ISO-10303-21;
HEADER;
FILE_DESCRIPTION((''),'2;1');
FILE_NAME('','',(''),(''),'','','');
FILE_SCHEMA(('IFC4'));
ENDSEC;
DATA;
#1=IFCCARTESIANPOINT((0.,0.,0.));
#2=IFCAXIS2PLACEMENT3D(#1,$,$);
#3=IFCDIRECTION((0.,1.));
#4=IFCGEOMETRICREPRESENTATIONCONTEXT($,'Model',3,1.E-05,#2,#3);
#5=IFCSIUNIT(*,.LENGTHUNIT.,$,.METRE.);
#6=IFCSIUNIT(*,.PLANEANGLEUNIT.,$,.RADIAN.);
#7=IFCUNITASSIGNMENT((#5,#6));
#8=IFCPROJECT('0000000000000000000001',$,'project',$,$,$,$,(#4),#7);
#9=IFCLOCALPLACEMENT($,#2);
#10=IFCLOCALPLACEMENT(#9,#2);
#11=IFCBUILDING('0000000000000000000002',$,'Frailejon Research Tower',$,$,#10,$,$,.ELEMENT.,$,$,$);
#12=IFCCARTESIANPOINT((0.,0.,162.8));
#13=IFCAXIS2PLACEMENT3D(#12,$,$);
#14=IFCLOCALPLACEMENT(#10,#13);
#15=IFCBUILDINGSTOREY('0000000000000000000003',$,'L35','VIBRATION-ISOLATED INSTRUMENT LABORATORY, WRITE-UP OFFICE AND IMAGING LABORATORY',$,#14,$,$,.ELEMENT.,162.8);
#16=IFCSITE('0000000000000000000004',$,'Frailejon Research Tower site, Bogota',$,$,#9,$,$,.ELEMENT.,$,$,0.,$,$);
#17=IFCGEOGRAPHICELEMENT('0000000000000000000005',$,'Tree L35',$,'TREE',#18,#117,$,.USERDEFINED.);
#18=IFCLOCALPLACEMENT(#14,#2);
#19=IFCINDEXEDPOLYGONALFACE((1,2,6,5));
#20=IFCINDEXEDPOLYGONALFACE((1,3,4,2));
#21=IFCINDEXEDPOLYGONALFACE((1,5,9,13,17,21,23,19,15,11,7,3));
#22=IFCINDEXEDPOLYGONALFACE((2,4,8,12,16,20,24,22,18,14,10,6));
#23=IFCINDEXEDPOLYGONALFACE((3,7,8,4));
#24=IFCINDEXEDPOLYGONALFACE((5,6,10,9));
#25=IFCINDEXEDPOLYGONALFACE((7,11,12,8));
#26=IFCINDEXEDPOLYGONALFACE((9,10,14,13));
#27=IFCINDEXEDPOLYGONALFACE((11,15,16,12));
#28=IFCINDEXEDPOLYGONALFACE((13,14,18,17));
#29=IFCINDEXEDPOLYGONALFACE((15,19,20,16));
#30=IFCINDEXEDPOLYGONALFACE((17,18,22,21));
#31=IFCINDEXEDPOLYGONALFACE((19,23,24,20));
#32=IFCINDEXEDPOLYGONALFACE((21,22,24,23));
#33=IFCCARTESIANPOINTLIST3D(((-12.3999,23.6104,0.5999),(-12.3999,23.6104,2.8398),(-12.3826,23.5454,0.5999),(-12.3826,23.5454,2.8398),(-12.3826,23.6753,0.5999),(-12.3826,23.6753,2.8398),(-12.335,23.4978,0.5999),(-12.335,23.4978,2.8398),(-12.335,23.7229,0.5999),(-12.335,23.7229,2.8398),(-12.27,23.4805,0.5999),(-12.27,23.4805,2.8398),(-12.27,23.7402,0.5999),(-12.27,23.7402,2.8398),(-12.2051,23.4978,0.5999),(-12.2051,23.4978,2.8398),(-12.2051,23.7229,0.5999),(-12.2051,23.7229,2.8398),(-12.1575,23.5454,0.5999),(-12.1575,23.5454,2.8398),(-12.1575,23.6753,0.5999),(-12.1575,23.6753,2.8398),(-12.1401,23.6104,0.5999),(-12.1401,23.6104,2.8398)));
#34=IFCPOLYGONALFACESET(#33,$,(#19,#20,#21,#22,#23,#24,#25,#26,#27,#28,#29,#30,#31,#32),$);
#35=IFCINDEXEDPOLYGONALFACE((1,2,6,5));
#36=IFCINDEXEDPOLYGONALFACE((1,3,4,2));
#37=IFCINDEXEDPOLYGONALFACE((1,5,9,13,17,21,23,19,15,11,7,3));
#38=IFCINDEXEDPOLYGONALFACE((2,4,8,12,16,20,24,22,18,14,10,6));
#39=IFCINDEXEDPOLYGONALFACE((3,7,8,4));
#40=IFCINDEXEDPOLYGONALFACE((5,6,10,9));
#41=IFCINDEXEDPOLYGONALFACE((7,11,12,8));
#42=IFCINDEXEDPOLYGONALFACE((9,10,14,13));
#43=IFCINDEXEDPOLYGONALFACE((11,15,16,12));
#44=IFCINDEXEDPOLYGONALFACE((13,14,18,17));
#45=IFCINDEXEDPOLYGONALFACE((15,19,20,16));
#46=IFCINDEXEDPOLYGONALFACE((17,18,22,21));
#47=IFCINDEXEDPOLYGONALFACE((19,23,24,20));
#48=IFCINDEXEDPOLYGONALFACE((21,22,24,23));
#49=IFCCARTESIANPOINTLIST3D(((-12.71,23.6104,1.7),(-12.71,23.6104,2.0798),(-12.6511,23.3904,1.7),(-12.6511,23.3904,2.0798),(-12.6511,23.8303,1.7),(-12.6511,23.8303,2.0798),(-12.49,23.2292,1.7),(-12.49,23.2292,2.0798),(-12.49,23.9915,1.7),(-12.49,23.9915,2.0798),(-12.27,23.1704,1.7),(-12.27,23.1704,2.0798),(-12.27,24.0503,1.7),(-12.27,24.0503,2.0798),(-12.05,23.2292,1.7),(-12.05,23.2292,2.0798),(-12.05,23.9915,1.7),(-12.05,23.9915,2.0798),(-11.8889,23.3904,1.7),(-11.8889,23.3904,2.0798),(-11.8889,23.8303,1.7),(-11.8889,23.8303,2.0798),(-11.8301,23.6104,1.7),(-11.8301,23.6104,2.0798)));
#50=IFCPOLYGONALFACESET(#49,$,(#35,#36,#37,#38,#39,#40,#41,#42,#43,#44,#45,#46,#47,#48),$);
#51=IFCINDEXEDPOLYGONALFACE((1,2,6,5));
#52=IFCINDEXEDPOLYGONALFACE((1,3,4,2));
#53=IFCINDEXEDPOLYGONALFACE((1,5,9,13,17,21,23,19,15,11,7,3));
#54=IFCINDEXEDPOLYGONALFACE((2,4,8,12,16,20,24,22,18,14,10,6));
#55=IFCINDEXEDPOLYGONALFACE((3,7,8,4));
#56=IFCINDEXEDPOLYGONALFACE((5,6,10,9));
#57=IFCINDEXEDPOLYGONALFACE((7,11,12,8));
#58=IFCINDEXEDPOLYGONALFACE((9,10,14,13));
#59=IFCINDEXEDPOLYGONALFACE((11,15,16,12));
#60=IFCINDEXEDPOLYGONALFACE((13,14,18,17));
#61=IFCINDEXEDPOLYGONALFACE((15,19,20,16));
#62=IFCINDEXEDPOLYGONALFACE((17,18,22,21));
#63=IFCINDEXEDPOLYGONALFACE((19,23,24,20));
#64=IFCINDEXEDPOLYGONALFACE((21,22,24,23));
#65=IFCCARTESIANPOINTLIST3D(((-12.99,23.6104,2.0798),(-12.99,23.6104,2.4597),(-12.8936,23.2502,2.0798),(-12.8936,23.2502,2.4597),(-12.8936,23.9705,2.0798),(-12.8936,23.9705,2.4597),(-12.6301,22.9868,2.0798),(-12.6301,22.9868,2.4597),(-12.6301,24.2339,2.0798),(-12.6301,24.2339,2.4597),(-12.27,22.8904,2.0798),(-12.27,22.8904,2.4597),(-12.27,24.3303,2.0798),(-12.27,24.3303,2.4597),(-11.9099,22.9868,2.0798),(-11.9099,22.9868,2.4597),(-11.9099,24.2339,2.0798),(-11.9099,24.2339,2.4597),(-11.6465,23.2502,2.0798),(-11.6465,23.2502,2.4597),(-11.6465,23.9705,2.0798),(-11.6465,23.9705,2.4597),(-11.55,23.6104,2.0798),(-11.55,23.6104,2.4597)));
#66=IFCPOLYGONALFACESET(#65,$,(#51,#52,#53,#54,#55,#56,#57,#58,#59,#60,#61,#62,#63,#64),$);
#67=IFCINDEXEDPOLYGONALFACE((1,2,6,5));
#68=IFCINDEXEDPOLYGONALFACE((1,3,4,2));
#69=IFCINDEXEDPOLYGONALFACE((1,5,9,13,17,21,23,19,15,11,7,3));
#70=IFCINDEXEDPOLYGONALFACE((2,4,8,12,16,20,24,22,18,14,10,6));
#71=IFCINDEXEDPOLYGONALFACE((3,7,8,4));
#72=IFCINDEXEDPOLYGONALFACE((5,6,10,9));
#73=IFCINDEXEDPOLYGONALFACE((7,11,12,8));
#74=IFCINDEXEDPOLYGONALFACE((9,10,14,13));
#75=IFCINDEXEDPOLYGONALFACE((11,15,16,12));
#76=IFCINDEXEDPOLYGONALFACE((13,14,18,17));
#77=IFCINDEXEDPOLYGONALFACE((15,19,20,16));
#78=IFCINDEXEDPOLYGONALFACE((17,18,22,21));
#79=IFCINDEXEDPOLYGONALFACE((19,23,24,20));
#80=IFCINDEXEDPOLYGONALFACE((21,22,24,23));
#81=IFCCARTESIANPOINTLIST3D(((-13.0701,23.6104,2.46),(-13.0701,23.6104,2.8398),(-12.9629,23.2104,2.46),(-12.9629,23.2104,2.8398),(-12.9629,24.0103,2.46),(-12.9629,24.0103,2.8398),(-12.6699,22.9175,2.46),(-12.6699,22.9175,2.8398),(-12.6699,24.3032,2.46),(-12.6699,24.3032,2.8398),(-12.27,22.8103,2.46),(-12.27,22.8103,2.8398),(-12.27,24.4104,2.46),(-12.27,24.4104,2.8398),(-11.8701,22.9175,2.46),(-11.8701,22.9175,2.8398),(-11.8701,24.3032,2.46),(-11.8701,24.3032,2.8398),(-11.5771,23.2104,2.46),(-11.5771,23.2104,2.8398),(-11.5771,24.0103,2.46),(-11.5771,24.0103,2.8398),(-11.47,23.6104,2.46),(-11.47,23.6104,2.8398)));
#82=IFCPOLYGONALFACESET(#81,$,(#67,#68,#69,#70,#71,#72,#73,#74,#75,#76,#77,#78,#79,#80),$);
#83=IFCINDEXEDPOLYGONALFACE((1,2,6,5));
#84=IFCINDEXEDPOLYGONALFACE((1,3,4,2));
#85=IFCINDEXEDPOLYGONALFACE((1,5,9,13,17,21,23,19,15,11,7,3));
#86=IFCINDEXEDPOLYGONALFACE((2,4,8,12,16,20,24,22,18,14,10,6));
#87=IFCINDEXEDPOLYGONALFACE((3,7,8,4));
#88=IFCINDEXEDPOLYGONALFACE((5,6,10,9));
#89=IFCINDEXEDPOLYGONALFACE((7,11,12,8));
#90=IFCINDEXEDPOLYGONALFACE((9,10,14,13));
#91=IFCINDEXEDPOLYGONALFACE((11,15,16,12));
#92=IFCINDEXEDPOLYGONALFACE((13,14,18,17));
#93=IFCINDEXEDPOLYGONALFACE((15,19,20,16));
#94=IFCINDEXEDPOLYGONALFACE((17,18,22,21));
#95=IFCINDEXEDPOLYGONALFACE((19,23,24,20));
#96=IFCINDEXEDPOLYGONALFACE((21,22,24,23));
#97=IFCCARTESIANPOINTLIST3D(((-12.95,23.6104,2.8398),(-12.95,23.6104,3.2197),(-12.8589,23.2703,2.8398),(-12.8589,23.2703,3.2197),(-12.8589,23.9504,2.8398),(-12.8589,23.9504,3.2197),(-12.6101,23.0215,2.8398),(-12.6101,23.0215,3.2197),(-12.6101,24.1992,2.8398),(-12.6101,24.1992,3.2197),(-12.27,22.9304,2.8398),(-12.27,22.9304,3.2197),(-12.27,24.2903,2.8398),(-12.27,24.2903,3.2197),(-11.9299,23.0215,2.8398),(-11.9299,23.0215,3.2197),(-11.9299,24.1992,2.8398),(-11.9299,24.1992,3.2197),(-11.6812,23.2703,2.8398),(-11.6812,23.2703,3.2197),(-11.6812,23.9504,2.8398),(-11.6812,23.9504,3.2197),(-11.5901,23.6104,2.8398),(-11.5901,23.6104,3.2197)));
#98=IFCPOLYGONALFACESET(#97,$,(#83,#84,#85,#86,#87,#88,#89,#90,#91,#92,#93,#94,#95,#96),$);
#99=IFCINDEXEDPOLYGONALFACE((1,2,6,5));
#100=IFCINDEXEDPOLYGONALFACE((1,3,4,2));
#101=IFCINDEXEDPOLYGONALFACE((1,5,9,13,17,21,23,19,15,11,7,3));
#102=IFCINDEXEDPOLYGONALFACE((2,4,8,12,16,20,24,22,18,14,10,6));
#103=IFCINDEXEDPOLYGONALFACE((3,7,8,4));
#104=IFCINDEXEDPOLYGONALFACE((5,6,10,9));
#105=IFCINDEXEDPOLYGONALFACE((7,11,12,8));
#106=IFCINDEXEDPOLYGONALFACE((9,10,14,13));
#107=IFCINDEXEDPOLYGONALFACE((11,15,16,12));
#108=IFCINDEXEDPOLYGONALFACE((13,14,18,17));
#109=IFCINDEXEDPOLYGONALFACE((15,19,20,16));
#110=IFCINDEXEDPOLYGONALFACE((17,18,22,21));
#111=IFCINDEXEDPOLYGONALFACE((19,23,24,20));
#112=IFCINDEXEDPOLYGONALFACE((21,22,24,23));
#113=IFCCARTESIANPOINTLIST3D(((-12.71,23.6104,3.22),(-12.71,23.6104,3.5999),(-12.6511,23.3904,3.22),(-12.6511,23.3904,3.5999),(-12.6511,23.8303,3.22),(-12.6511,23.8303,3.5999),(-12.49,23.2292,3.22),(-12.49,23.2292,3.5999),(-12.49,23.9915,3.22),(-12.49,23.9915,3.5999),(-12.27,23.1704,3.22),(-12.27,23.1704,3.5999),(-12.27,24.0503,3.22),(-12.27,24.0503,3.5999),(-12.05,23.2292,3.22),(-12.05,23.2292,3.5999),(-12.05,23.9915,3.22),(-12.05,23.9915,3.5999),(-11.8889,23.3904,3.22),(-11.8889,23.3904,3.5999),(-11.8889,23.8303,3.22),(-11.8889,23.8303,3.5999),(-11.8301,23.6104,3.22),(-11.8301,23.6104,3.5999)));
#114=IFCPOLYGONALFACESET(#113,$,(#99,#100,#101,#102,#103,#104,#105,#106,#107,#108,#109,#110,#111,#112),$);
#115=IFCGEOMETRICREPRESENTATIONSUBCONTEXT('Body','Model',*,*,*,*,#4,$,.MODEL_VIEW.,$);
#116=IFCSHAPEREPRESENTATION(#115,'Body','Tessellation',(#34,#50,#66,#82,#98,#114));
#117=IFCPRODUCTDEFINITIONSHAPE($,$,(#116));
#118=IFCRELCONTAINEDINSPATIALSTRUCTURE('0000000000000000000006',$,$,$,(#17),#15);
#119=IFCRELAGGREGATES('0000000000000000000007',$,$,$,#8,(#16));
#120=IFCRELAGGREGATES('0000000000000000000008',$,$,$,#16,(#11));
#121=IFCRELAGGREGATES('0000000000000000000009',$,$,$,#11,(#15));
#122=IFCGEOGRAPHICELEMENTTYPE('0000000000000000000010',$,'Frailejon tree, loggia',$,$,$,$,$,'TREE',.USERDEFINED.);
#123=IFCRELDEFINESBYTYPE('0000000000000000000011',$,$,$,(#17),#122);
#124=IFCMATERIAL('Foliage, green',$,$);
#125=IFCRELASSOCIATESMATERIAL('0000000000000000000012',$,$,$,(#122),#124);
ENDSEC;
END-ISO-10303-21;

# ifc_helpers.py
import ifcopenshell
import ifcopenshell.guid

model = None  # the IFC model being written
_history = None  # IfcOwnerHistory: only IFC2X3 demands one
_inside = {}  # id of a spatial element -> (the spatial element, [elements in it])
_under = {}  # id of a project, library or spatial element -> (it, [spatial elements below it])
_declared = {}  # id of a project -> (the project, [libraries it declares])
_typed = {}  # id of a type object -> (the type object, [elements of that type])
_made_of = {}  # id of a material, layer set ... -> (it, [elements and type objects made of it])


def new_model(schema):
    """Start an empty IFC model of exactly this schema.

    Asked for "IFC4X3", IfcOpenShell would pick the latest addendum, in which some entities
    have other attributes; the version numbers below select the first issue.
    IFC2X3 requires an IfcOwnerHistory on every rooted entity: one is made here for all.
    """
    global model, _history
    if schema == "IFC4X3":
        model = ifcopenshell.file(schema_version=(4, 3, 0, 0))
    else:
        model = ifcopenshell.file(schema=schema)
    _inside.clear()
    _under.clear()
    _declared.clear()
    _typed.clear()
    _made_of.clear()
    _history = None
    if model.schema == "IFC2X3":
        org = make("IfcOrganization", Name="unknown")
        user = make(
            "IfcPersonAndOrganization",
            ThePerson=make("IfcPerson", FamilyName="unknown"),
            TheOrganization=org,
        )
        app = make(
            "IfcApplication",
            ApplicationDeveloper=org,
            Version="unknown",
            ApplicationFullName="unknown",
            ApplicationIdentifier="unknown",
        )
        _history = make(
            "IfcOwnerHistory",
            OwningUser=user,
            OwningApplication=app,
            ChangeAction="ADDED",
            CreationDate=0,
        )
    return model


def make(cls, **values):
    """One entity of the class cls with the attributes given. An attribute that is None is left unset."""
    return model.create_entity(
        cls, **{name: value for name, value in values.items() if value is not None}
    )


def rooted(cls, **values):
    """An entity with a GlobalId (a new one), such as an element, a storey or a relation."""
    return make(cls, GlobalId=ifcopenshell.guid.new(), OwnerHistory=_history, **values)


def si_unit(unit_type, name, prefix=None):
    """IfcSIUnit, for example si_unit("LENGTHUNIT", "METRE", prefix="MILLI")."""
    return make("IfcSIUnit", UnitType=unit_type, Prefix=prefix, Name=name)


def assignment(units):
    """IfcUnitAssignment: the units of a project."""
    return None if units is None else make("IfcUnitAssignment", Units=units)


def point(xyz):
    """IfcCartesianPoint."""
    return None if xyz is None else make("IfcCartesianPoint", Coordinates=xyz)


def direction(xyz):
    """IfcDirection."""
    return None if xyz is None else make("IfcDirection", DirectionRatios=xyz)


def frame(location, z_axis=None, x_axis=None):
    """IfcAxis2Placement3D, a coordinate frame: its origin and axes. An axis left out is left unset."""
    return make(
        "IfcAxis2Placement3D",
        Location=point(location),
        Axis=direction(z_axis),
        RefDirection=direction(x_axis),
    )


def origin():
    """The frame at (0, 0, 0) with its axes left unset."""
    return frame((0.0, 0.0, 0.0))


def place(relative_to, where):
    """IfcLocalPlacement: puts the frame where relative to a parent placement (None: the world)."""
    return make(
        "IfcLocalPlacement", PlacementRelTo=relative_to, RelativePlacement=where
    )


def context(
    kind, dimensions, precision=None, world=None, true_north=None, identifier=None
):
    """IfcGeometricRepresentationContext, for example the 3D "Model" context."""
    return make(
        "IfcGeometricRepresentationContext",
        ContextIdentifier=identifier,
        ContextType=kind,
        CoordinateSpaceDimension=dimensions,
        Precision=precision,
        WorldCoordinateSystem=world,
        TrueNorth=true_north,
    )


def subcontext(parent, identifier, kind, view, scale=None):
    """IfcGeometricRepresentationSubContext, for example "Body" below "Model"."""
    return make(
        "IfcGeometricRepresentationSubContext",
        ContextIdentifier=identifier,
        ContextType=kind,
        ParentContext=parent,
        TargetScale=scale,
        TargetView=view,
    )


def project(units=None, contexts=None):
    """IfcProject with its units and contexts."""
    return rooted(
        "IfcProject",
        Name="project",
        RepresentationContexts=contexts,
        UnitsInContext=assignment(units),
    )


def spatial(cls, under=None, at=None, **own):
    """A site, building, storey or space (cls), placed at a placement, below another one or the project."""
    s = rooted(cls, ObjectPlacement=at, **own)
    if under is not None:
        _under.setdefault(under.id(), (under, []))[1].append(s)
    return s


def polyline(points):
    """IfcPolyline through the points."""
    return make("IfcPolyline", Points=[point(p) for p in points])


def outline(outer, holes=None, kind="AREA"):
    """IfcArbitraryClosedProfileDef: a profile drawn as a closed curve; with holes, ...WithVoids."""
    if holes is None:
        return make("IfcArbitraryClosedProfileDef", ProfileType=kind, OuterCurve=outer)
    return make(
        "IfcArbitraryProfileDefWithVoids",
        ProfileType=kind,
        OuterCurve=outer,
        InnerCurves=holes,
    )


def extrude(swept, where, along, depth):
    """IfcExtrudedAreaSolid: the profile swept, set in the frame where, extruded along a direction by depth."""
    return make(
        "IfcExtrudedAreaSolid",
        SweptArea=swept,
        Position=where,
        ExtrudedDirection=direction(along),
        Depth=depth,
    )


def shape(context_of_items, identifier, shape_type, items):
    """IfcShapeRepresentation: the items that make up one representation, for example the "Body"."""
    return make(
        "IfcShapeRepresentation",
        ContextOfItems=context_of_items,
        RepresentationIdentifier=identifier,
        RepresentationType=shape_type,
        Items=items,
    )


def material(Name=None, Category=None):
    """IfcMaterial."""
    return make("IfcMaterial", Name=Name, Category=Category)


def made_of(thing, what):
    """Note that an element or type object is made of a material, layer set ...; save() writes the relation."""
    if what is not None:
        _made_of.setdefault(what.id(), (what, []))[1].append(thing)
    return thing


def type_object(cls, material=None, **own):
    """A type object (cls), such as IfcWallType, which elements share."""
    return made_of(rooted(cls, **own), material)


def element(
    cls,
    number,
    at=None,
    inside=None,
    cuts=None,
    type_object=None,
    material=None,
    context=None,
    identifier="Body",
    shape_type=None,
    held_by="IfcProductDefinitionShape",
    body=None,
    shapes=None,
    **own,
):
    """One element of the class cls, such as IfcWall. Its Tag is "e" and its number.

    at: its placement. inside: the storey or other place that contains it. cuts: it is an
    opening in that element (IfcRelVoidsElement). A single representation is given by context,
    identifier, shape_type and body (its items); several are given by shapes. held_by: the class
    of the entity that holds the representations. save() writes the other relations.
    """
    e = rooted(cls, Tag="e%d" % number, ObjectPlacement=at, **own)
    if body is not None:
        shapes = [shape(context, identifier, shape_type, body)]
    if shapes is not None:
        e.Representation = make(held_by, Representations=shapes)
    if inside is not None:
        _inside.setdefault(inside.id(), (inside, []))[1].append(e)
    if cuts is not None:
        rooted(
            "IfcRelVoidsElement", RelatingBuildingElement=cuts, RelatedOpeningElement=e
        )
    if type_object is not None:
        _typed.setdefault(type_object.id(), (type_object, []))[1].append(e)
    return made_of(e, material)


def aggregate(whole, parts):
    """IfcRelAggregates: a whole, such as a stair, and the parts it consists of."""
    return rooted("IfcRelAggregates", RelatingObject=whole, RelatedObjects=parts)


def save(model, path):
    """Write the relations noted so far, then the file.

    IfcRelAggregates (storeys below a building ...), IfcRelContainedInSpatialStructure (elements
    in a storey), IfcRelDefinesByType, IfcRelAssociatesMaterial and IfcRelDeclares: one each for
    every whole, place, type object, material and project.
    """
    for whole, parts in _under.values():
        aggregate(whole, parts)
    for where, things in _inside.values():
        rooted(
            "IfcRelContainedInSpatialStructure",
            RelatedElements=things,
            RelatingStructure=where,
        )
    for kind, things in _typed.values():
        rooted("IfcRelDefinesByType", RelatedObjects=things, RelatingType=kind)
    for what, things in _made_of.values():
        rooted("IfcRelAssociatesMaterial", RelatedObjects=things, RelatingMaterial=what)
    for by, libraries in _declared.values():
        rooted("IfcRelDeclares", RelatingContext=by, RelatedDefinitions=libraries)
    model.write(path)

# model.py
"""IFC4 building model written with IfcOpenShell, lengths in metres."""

from ifc_helpers import new_model, si_unit, direction, frame, origin, place, context, subcontext, project, spatial, polyline, outline, extrude, material, type_object, element, save


model = new_model("IFC4")

# Units and contexts
model_context = context("Model", 3, precision=1e-05, world=origin(), true_north=direction((0.0, 1.0)))
body_context = subcontext(model_context, "Body", "Model", "MODEL_VIEW")
ifc_project = project(units=[si_unit("LENGTHUNIT", "METRE"), si_unit("PLANEANGLEUNIT", "RADIAN")], contexts=[model_context])

# Site, building, storey
site_placement = place(None, origin())
site = spatial("IfcSite", under=ifc_project, at=site_placement, Name="Frailejon Research Tower site, Bogota", CompositionType="ELEMENT", RefElevation=0.0)
building_placement = place(site_placement, origin())
building = spatial("IfcBuilding", under=site, at=building_placement, Name="Frailejon Research Tower", CompositionType="ELEMENT")
storey_placement = place(building_placement, frame((0.0, 0.0, 162.8)))
storey = spatial("IfcBuildingStorey", under=building, at=storey_placement, Name="L35", Description="VIBRATION-ISOLATED INSTRUMENT LABORATORY, WRITE-UP OFFICE AND IMAGING LABORATORY", CompositionType="ELEMENT", Elevation=162.8)

# Geographic element
ifc_material_1 = material(Name="Foliage, green")
geographic_element_type = type_object("IfcGeographicElementType", Name="Frailejon tree, loggia", ElementType="TREE", PredefinedType="USERDEFINED", material=ifc_material_1)
geographic_element_placement = place(storey_placement, frame((-12.27, 23.6104, 0.5999)))
element("IfcGeographicElement", 1, at=geographic_element_placement, inside=storey, type_object=geographic_element_type, Name="Tree L35", ObjectType="TREE", PredefinedType="USERDEFINED", context=body_context, shape_type="SweptSolid", body=[
    extrude(outline(polyline([(0.1299, 0.0), (0.1125, 0.0649), (0.0649, 0.1125), (0.0, 0.1299), (-0.0649, 0.1125), (-0.1125, 0.0649), (-0.1299, 0.0), (-0.1125, -0.0649), (-0.0649, -0.1125), (0.0, -0.1299), (0.0649, -0.1125), (0.1125, -0.0649), (0.1299, 0.0)])), origin(), (0.0, 0.0, 1.0), 2.24),
    extrude(outline(polyline([(0.4399, 0.0), (0.3811, 0.22), (0.22, 0.3811), (0.0, 0.4399), (-0.22, 0.3811), (-0.3811, 0.22), (-0.4399, 0.0), (-0.3811, -0.22), (-0.22, -0.3811), (0.0, -0.4399), (0.22, -0.3811), (0.3811, -0.22), (0.4399, 0.0)])), frame((0.0, 0.0, 1.1001)), (0.0, 0.0, 1.0), 0.3799),
    extrude(outline(polyline([(0.72, 0.0), (0.6235, 0.3601), (0.3601, 0.6235), (0.0, 0.72), (-0.3601, 0.6235), (-0.6235, 0.3601), (-0.72, 0.0), (-0.6235, -0.3601), (-0.3601, -0.6235), (0.0, -0.72), (0.3601, -0.6235), (0.6235, -0.3601), (0.72, 0.0)])), frame((0.0, 0.0, 1.48)), (0.0, 0.0, 1.0), 0.3799),
    extrude(outline(polyline([(0.8, 0.0), (0.6929, 0.3999), (0.3999, 0.6929), (0.0, 0.8), (-0.3999, 0.6929), (-0.6929, 0.3999), (-0.8, 0.0), (-0.6929, -0.3999), (-0.3999, -0.6929), (0.0, -0.8), (0.3999, -0.6929), (0.6929, -0.3999), (0.8, 0.0)])), frame((0.0, 0.0, 1.8601)), (0.0, 0.0, 1.0), 0.3799),
    extrude(outline(polyline([(0.6799, 0.0), (0.5889, 0.3401), (0.3401, 0.5889), (0.0, 0.6799), (-0.3401, 0.5889), (-0.5889, 0.3401), (-0.6799, 0.0), (-0.5889, -0.3401), (-0.3401, -0.5889), (0.0, -0.6799), (0.3401, -0.5889), (0.5889, -0.3401), (0.6799, 0.0)])), frame((0.0, 0.0, 2.24)), (0.0, 0.0, 1.0), 0.3799),
    extrude(outline(polyline([(0.4399, 0.0), (0.3811, 0.22), (0.22, 0.3811), (0.0, 0.4399), (-0.22, 0.3811), (-0.3811, 0.22), (-0.4399, 0.0), (-0.3811, -0.22), (-0.22, -0.3811), (0.0, -0.4399), (0.22, -0.3811), (0.3811, -0.22), (0.4399, 0.0)])), frame((0.0, 0.0, 2.6201)), (0.0, 0.0, 1.0), 0.3799),
])

save(model, "model.ifc")
